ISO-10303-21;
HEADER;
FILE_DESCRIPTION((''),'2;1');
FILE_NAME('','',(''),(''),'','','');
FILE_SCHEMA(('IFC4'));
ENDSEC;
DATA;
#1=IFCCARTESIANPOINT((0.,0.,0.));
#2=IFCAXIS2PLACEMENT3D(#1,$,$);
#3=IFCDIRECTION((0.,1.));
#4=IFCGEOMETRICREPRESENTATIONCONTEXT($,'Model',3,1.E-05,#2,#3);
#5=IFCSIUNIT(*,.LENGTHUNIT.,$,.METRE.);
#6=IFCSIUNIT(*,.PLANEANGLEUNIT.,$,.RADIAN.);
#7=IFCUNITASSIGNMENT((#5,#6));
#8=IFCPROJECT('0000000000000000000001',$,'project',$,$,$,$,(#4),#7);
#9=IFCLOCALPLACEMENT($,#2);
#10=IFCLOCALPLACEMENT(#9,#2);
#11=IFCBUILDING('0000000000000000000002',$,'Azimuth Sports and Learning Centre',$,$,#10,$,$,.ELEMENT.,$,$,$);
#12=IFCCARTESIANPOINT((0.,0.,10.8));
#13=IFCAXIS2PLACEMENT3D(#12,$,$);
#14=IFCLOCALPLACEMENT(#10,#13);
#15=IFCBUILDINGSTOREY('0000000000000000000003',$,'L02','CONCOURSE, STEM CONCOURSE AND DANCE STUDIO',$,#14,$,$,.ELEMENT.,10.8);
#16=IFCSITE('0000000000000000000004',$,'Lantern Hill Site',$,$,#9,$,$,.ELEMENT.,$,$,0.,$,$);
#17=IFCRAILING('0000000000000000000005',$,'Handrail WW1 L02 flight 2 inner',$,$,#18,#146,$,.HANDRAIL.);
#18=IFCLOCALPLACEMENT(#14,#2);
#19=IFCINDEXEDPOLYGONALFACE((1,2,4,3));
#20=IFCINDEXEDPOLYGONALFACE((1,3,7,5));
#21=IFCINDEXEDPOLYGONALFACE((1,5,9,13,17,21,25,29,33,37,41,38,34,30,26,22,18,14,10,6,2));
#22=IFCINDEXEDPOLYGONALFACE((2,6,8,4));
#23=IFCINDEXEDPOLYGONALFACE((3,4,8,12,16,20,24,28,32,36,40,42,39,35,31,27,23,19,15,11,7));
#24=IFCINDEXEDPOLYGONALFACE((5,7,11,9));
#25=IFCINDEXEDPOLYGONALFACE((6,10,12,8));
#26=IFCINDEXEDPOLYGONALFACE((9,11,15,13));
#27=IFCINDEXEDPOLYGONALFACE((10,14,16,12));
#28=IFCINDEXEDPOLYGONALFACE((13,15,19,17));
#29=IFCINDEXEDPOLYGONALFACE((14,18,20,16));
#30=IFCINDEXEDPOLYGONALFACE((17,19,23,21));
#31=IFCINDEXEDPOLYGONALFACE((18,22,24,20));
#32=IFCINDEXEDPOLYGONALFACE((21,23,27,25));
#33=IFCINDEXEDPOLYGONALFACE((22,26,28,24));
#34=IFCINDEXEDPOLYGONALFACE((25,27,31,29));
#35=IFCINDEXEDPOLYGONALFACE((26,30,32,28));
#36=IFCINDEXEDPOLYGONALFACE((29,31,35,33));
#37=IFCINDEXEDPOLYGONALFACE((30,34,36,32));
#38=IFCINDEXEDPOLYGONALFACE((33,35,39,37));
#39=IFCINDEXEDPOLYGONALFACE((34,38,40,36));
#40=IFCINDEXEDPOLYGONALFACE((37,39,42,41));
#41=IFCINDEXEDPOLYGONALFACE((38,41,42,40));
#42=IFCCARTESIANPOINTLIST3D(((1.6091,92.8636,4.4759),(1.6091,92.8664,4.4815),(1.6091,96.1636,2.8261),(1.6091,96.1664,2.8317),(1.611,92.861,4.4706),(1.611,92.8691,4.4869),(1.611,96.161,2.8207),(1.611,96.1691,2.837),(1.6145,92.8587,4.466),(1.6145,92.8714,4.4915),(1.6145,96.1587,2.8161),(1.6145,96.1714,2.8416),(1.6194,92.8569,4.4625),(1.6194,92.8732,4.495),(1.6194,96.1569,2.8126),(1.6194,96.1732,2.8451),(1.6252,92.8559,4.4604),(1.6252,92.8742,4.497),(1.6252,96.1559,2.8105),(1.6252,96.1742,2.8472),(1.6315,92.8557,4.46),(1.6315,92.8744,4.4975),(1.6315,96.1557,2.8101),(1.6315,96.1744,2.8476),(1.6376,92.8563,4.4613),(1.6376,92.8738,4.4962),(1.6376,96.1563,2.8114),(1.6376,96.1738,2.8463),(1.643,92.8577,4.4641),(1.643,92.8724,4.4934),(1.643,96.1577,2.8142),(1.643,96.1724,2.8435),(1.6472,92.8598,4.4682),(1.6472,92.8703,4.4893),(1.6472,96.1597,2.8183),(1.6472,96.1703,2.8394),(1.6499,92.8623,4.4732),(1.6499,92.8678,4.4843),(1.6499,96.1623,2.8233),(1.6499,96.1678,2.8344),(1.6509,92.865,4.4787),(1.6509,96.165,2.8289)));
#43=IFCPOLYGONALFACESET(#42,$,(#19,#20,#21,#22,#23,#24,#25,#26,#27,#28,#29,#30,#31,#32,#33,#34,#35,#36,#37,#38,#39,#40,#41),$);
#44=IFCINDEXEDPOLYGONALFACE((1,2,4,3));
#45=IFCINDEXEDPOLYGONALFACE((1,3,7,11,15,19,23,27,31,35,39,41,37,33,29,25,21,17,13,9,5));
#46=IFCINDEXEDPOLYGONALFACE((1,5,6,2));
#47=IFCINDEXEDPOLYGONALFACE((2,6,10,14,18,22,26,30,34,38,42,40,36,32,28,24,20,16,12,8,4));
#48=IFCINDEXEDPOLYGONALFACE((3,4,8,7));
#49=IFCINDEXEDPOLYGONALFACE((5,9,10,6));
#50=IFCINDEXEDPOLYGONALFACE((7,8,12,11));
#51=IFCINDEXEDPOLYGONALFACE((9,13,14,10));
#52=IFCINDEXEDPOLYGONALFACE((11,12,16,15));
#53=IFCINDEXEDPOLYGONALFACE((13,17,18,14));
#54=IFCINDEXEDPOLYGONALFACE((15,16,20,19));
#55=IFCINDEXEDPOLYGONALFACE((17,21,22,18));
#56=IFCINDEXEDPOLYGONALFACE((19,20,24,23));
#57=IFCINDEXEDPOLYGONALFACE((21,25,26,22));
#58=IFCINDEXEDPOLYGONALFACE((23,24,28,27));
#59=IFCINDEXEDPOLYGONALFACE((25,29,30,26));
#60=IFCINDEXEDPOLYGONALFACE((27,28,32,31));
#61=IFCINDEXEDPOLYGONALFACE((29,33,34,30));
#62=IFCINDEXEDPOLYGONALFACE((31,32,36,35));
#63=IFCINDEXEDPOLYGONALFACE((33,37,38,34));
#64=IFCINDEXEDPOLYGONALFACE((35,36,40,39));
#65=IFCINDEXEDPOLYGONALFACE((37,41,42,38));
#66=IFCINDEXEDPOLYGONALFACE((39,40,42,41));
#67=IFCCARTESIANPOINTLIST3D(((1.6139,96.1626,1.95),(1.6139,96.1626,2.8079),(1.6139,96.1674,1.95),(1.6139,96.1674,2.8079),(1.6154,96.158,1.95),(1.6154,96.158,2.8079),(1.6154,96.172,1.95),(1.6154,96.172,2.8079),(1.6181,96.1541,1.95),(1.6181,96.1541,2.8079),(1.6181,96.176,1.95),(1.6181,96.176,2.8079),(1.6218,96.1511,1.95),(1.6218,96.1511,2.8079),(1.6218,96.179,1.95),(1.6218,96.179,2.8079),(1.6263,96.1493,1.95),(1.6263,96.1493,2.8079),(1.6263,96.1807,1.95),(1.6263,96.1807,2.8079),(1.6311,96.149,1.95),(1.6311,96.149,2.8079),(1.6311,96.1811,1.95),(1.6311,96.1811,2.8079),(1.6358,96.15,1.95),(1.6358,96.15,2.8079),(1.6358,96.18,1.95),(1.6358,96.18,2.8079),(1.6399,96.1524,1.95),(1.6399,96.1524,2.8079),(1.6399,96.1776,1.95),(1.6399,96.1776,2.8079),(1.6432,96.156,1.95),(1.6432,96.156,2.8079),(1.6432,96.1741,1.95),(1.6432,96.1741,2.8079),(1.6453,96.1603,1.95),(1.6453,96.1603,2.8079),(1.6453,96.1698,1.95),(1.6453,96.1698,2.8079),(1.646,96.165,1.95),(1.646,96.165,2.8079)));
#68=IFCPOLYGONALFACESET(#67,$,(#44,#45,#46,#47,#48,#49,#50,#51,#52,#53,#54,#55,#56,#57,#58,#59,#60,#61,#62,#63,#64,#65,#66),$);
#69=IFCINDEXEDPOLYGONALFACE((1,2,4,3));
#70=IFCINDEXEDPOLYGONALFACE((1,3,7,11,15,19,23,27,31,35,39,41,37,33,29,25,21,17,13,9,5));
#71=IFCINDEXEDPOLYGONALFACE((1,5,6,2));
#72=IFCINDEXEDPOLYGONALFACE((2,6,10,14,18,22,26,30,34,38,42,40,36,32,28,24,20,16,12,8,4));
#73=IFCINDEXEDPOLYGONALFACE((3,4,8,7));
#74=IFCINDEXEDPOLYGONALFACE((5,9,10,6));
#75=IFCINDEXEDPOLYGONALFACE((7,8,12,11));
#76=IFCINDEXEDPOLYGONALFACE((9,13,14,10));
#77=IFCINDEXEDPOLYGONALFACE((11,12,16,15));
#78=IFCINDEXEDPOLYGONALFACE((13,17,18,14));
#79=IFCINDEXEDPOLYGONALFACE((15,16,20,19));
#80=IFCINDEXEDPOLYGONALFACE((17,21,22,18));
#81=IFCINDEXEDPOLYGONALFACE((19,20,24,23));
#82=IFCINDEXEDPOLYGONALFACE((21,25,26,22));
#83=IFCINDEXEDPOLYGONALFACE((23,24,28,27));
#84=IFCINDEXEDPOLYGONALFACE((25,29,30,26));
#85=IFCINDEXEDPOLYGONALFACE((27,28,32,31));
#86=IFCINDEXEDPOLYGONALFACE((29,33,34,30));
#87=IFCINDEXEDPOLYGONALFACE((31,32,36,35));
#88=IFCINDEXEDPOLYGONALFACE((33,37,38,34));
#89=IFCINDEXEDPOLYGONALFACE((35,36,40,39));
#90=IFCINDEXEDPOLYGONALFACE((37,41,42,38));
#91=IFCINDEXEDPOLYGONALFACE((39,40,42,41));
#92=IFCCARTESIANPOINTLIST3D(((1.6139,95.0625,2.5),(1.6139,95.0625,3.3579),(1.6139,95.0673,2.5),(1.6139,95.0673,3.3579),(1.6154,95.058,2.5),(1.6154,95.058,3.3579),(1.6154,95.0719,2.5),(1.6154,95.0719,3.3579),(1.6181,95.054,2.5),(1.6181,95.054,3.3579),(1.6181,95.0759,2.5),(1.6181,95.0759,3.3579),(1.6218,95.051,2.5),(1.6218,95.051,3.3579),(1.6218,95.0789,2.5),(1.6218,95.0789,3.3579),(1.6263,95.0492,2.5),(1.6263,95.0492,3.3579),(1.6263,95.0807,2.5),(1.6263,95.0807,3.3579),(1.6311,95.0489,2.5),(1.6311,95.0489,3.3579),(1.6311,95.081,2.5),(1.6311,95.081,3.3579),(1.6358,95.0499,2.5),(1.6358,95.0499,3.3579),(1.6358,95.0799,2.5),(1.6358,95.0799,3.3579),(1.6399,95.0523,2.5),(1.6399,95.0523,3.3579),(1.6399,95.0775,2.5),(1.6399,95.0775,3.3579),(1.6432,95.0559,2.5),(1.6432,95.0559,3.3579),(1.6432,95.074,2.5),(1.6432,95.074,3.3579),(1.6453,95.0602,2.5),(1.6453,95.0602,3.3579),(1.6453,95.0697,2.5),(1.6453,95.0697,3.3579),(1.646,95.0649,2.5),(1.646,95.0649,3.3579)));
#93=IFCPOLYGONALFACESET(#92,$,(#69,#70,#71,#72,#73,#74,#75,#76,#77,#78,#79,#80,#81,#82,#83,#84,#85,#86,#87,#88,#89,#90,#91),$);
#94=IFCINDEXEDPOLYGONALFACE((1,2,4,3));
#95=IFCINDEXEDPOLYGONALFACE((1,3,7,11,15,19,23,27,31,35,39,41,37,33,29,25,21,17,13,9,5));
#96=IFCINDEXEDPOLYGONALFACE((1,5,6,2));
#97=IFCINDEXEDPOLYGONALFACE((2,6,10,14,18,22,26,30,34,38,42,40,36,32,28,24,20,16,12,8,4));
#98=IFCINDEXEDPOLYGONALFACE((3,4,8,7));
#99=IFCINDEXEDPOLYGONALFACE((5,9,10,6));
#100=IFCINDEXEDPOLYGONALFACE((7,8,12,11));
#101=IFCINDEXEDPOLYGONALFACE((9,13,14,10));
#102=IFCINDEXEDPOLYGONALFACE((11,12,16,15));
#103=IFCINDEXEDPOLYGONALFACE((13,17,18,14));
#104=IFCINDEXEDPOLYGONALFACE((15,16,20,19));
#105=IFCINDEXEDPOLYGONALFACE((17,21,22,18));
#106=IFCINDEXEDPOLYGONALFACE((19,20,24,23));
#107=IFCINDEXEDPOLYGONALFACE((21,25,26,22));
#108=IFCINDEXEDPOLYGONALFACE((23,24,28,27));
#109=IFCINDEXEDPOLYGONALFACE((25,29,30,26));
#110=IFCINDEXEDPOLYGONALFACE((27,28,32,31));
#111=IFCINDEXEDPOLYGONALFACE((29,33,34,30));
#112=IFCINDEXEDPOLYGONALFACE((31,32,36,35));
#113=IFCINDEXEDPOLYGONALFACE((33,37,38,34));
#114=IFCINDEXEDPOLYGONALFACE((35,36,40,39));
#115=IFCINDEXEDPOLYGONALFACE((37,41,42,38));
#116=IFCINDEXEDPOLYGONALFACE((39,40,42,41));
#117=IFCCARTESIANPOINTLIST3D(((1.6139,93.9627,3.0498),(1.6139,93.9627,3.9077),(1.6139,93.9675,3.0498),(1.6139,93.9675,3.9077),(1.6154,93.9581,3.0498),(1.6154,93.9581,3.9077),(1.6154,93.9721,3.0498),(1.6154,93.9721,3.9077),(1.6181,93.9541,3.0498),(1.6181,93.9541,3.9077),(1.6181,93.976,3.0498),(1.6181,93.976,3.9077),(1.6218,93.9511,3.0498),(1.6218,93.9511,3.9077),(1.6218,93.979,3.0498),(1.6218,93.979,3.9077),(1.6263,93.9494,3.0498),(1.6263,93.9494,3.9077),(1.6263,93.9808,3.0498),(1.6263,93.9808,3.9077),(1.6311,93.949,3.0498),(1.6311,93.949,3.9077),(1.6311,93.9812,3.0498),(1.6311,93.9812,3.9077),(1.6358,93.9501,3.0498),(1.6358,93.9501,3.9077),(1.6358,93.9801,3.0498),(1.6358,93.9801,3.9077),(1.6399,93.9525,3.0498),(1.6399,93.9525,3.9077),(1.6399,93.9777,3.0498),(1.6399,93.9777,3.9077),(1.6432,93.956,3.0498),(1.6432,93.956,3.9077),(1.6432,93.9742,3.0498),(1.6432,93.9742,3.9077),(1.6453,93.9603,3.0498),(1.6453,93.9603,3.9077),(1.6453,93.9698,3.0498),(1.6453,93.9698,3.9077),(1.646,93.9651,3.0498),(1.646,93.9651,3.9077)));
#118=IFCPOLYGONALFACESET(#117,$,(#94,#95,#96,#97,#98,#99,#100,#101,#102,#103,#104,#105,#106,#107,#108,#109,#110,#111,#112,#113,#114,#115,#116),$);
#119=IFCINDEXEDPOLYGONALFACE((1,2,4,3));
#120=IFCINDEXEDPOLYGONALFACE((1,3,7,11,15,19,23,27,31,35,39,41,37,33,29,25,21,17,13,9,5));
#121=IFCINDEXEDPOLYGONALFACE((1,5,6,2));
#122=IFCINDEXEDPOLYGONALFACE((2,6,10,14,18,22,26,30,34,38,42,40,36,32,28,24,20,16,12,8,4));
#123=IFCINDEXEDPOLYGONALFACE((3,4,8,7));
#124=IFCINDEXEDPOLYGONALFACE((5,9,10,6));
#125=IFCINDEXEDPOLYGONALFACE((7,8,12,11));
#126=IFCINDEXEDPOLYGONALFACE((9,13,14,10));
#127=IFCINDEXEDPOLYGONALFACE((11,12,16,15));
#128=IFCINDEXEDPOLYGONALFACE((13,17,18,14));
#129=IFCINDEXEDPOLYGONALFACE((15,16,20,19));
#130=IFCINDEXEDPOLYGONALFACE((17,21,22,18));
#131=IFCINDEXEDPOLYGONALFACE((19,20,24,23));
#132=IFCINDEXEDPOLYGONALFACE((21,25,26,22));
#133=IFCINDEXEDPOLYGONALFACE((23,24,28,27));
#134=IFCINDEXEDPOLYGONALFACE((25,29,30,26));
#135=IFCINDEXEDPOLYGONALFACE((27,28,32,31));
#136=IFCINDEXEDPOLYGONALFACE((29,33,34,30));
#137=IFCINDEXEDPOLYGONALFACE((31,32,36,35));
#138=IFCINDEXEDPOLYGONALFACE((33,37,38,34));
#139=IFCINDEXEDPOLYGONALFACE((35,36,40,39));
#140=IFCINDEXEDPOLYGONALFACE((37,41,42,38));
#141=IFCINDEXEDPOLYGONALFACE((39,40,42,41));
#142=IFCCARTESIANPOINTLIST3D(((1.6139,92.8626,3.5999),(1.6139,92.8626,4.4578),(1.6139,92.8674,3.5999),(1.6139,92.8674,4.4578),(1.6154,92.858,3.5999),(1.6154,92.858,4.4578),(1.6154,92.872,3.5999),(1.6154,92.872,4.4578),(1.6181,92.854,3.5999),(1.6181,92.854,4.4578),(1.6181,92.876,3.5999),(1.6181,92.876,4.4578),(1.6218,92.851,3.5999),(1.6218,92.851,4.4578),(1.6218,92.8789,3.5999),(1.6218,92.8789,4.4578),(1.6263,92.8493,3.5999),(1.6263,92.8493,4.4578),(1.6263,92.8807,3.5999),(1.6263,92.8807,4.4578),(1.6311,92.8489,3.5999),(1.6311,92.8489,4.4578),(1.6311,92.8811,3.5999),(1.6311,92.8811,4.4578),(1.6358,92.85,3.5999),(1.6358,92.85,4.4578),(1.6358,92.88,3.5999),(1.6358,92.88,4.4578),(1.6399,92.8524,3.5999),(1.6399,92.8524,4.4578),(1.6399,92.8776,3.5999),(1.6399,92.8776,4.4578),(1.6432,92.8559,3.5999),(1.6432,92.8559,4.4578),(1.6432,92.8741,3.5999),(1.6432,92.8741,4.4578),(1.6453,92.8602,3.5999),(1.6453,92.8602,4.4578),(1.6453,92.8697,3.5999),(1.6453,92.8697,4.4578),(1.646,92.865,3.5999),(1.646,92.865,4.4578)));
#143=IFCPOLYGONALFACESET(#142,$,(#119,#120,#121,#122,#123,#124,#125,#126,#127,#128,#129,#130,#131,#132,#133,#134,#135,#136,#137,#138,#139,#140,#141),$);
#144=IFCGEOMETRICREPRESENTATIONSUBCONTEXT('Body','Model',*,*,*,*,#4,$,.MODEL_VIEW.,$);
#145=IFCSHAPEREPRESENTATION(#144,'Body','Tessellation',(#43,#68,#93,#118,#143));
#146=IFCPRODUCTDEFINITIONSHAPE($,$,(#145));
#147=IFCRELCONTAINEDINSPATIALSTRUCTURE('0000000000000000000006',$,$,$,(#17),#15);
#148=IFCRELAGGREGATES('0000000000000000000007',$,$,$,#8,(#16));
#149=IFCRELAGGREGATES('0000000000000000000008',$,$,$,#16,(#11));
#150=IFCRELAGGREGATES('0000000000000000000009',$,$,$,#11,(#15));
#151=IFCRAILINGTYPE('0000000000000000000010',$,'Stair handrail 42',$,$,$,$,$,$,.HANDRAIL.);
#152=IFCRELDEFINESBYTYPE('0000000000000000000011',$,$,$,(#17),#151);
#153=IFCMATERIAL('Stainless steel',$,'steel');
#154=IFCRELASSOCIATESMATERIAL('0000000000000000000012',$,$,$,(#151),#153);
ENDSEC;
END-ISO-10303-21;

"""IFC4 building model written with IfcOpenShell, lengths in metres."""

from ifc_helpers import new_model, si_unit, direction, frame, origin, origin_2d, place, context, subcontext, project, spatial, circle, extrude, material, type_object, element, save


model = new_model("IFC4")

# Units and contexts
model_context = context("Model", 3, precision=1e-05, world=origin(), true_north=direction((0.0, 1.0)))
body_context = subcontext(model_context, "Body", "Model", "MODEL_VIEW")
ifc_project = project(units=[si_unit("LENGTHUNIT", "METRE"), si_unit("PLANEANGLEUNIT", "RADIAN")], contexts=[model_context])

# Site, building, storey
site_placement = place(None, origin())
site = spatial("IfcSite", under=ifc_project, at=site_placement, Name="Lantern Hill Site", CompositionType="ELEMENT", RefElevation=0.0)
building_placement = place(site_placement, origin())
building = spatial("IfcBuilding", under=site, at=building_placement, Name="Azimuth Sports and Learning Centre", CompositionType="ELEMENT")
storey_placement = place(building_placement, frame((0.0, 0.0, 10.8)))
storey = spatial("IfcBuildingStorey", under=building, at=storey_placement, Name="L02", Description="CONCOURSE, STEM CONCOURSE AND DANCE STUDIO", CompositionType="ELEMENT", Elevation=10.8)

# Railing
ifc_material_1 = material(Name="Stainless steel", Category="steel")
railing_type = type_object("IfcRailingType", Name="Stair handrail 42", PredefinedType="HANDRAIL", material=ifc_material_1)
for number, where, name in (
    (1, (1.6299, 96.165, 1.95), "Handrail WW1 L02 flight 2 inner"),
):
    element("IfcRailing", number, at=place(storey_placement, frame(where)), inside=storey, type_object=railing_type, Name=name, PredefinedType="HANDRAIL", context=body_context, shape_type="SweptSolid", body=[
        extrude(circle(Radius=0.021, at=origin_2d()), frame((0.0, 0.0, 0.8789), z_axis=(0.0, -0.89444, 0.447187), x_axis=(1.0, 0.0, 0.0)), (0.0, 0.0, 1.0), 3.6895),
        extrude(circle(Radius=0.0161, at=origin_2d()), origin(), (0.0, 0.0, 1.0), 0.8579),
        extrude(circle(Radius=0.0161, at=origin_2d()), frame((0.0, -1.1001, 0.55)), (0.0, 0.0, 1.0), 0.8579),
        extrude(circle(Radius=0.0161, at=origin_2d()), frame((0.0, -2.2, 1.0999)), (0.0, 0.0, 1.0), 0.8579),
        extrude(circle(Radius=0.0161, at=origin_2d()), frame((0.0, -3.3, 1.6499)), (0.0, 0.0, 1.0), 0.8579),
    ])

save(model, "model.ifc")
